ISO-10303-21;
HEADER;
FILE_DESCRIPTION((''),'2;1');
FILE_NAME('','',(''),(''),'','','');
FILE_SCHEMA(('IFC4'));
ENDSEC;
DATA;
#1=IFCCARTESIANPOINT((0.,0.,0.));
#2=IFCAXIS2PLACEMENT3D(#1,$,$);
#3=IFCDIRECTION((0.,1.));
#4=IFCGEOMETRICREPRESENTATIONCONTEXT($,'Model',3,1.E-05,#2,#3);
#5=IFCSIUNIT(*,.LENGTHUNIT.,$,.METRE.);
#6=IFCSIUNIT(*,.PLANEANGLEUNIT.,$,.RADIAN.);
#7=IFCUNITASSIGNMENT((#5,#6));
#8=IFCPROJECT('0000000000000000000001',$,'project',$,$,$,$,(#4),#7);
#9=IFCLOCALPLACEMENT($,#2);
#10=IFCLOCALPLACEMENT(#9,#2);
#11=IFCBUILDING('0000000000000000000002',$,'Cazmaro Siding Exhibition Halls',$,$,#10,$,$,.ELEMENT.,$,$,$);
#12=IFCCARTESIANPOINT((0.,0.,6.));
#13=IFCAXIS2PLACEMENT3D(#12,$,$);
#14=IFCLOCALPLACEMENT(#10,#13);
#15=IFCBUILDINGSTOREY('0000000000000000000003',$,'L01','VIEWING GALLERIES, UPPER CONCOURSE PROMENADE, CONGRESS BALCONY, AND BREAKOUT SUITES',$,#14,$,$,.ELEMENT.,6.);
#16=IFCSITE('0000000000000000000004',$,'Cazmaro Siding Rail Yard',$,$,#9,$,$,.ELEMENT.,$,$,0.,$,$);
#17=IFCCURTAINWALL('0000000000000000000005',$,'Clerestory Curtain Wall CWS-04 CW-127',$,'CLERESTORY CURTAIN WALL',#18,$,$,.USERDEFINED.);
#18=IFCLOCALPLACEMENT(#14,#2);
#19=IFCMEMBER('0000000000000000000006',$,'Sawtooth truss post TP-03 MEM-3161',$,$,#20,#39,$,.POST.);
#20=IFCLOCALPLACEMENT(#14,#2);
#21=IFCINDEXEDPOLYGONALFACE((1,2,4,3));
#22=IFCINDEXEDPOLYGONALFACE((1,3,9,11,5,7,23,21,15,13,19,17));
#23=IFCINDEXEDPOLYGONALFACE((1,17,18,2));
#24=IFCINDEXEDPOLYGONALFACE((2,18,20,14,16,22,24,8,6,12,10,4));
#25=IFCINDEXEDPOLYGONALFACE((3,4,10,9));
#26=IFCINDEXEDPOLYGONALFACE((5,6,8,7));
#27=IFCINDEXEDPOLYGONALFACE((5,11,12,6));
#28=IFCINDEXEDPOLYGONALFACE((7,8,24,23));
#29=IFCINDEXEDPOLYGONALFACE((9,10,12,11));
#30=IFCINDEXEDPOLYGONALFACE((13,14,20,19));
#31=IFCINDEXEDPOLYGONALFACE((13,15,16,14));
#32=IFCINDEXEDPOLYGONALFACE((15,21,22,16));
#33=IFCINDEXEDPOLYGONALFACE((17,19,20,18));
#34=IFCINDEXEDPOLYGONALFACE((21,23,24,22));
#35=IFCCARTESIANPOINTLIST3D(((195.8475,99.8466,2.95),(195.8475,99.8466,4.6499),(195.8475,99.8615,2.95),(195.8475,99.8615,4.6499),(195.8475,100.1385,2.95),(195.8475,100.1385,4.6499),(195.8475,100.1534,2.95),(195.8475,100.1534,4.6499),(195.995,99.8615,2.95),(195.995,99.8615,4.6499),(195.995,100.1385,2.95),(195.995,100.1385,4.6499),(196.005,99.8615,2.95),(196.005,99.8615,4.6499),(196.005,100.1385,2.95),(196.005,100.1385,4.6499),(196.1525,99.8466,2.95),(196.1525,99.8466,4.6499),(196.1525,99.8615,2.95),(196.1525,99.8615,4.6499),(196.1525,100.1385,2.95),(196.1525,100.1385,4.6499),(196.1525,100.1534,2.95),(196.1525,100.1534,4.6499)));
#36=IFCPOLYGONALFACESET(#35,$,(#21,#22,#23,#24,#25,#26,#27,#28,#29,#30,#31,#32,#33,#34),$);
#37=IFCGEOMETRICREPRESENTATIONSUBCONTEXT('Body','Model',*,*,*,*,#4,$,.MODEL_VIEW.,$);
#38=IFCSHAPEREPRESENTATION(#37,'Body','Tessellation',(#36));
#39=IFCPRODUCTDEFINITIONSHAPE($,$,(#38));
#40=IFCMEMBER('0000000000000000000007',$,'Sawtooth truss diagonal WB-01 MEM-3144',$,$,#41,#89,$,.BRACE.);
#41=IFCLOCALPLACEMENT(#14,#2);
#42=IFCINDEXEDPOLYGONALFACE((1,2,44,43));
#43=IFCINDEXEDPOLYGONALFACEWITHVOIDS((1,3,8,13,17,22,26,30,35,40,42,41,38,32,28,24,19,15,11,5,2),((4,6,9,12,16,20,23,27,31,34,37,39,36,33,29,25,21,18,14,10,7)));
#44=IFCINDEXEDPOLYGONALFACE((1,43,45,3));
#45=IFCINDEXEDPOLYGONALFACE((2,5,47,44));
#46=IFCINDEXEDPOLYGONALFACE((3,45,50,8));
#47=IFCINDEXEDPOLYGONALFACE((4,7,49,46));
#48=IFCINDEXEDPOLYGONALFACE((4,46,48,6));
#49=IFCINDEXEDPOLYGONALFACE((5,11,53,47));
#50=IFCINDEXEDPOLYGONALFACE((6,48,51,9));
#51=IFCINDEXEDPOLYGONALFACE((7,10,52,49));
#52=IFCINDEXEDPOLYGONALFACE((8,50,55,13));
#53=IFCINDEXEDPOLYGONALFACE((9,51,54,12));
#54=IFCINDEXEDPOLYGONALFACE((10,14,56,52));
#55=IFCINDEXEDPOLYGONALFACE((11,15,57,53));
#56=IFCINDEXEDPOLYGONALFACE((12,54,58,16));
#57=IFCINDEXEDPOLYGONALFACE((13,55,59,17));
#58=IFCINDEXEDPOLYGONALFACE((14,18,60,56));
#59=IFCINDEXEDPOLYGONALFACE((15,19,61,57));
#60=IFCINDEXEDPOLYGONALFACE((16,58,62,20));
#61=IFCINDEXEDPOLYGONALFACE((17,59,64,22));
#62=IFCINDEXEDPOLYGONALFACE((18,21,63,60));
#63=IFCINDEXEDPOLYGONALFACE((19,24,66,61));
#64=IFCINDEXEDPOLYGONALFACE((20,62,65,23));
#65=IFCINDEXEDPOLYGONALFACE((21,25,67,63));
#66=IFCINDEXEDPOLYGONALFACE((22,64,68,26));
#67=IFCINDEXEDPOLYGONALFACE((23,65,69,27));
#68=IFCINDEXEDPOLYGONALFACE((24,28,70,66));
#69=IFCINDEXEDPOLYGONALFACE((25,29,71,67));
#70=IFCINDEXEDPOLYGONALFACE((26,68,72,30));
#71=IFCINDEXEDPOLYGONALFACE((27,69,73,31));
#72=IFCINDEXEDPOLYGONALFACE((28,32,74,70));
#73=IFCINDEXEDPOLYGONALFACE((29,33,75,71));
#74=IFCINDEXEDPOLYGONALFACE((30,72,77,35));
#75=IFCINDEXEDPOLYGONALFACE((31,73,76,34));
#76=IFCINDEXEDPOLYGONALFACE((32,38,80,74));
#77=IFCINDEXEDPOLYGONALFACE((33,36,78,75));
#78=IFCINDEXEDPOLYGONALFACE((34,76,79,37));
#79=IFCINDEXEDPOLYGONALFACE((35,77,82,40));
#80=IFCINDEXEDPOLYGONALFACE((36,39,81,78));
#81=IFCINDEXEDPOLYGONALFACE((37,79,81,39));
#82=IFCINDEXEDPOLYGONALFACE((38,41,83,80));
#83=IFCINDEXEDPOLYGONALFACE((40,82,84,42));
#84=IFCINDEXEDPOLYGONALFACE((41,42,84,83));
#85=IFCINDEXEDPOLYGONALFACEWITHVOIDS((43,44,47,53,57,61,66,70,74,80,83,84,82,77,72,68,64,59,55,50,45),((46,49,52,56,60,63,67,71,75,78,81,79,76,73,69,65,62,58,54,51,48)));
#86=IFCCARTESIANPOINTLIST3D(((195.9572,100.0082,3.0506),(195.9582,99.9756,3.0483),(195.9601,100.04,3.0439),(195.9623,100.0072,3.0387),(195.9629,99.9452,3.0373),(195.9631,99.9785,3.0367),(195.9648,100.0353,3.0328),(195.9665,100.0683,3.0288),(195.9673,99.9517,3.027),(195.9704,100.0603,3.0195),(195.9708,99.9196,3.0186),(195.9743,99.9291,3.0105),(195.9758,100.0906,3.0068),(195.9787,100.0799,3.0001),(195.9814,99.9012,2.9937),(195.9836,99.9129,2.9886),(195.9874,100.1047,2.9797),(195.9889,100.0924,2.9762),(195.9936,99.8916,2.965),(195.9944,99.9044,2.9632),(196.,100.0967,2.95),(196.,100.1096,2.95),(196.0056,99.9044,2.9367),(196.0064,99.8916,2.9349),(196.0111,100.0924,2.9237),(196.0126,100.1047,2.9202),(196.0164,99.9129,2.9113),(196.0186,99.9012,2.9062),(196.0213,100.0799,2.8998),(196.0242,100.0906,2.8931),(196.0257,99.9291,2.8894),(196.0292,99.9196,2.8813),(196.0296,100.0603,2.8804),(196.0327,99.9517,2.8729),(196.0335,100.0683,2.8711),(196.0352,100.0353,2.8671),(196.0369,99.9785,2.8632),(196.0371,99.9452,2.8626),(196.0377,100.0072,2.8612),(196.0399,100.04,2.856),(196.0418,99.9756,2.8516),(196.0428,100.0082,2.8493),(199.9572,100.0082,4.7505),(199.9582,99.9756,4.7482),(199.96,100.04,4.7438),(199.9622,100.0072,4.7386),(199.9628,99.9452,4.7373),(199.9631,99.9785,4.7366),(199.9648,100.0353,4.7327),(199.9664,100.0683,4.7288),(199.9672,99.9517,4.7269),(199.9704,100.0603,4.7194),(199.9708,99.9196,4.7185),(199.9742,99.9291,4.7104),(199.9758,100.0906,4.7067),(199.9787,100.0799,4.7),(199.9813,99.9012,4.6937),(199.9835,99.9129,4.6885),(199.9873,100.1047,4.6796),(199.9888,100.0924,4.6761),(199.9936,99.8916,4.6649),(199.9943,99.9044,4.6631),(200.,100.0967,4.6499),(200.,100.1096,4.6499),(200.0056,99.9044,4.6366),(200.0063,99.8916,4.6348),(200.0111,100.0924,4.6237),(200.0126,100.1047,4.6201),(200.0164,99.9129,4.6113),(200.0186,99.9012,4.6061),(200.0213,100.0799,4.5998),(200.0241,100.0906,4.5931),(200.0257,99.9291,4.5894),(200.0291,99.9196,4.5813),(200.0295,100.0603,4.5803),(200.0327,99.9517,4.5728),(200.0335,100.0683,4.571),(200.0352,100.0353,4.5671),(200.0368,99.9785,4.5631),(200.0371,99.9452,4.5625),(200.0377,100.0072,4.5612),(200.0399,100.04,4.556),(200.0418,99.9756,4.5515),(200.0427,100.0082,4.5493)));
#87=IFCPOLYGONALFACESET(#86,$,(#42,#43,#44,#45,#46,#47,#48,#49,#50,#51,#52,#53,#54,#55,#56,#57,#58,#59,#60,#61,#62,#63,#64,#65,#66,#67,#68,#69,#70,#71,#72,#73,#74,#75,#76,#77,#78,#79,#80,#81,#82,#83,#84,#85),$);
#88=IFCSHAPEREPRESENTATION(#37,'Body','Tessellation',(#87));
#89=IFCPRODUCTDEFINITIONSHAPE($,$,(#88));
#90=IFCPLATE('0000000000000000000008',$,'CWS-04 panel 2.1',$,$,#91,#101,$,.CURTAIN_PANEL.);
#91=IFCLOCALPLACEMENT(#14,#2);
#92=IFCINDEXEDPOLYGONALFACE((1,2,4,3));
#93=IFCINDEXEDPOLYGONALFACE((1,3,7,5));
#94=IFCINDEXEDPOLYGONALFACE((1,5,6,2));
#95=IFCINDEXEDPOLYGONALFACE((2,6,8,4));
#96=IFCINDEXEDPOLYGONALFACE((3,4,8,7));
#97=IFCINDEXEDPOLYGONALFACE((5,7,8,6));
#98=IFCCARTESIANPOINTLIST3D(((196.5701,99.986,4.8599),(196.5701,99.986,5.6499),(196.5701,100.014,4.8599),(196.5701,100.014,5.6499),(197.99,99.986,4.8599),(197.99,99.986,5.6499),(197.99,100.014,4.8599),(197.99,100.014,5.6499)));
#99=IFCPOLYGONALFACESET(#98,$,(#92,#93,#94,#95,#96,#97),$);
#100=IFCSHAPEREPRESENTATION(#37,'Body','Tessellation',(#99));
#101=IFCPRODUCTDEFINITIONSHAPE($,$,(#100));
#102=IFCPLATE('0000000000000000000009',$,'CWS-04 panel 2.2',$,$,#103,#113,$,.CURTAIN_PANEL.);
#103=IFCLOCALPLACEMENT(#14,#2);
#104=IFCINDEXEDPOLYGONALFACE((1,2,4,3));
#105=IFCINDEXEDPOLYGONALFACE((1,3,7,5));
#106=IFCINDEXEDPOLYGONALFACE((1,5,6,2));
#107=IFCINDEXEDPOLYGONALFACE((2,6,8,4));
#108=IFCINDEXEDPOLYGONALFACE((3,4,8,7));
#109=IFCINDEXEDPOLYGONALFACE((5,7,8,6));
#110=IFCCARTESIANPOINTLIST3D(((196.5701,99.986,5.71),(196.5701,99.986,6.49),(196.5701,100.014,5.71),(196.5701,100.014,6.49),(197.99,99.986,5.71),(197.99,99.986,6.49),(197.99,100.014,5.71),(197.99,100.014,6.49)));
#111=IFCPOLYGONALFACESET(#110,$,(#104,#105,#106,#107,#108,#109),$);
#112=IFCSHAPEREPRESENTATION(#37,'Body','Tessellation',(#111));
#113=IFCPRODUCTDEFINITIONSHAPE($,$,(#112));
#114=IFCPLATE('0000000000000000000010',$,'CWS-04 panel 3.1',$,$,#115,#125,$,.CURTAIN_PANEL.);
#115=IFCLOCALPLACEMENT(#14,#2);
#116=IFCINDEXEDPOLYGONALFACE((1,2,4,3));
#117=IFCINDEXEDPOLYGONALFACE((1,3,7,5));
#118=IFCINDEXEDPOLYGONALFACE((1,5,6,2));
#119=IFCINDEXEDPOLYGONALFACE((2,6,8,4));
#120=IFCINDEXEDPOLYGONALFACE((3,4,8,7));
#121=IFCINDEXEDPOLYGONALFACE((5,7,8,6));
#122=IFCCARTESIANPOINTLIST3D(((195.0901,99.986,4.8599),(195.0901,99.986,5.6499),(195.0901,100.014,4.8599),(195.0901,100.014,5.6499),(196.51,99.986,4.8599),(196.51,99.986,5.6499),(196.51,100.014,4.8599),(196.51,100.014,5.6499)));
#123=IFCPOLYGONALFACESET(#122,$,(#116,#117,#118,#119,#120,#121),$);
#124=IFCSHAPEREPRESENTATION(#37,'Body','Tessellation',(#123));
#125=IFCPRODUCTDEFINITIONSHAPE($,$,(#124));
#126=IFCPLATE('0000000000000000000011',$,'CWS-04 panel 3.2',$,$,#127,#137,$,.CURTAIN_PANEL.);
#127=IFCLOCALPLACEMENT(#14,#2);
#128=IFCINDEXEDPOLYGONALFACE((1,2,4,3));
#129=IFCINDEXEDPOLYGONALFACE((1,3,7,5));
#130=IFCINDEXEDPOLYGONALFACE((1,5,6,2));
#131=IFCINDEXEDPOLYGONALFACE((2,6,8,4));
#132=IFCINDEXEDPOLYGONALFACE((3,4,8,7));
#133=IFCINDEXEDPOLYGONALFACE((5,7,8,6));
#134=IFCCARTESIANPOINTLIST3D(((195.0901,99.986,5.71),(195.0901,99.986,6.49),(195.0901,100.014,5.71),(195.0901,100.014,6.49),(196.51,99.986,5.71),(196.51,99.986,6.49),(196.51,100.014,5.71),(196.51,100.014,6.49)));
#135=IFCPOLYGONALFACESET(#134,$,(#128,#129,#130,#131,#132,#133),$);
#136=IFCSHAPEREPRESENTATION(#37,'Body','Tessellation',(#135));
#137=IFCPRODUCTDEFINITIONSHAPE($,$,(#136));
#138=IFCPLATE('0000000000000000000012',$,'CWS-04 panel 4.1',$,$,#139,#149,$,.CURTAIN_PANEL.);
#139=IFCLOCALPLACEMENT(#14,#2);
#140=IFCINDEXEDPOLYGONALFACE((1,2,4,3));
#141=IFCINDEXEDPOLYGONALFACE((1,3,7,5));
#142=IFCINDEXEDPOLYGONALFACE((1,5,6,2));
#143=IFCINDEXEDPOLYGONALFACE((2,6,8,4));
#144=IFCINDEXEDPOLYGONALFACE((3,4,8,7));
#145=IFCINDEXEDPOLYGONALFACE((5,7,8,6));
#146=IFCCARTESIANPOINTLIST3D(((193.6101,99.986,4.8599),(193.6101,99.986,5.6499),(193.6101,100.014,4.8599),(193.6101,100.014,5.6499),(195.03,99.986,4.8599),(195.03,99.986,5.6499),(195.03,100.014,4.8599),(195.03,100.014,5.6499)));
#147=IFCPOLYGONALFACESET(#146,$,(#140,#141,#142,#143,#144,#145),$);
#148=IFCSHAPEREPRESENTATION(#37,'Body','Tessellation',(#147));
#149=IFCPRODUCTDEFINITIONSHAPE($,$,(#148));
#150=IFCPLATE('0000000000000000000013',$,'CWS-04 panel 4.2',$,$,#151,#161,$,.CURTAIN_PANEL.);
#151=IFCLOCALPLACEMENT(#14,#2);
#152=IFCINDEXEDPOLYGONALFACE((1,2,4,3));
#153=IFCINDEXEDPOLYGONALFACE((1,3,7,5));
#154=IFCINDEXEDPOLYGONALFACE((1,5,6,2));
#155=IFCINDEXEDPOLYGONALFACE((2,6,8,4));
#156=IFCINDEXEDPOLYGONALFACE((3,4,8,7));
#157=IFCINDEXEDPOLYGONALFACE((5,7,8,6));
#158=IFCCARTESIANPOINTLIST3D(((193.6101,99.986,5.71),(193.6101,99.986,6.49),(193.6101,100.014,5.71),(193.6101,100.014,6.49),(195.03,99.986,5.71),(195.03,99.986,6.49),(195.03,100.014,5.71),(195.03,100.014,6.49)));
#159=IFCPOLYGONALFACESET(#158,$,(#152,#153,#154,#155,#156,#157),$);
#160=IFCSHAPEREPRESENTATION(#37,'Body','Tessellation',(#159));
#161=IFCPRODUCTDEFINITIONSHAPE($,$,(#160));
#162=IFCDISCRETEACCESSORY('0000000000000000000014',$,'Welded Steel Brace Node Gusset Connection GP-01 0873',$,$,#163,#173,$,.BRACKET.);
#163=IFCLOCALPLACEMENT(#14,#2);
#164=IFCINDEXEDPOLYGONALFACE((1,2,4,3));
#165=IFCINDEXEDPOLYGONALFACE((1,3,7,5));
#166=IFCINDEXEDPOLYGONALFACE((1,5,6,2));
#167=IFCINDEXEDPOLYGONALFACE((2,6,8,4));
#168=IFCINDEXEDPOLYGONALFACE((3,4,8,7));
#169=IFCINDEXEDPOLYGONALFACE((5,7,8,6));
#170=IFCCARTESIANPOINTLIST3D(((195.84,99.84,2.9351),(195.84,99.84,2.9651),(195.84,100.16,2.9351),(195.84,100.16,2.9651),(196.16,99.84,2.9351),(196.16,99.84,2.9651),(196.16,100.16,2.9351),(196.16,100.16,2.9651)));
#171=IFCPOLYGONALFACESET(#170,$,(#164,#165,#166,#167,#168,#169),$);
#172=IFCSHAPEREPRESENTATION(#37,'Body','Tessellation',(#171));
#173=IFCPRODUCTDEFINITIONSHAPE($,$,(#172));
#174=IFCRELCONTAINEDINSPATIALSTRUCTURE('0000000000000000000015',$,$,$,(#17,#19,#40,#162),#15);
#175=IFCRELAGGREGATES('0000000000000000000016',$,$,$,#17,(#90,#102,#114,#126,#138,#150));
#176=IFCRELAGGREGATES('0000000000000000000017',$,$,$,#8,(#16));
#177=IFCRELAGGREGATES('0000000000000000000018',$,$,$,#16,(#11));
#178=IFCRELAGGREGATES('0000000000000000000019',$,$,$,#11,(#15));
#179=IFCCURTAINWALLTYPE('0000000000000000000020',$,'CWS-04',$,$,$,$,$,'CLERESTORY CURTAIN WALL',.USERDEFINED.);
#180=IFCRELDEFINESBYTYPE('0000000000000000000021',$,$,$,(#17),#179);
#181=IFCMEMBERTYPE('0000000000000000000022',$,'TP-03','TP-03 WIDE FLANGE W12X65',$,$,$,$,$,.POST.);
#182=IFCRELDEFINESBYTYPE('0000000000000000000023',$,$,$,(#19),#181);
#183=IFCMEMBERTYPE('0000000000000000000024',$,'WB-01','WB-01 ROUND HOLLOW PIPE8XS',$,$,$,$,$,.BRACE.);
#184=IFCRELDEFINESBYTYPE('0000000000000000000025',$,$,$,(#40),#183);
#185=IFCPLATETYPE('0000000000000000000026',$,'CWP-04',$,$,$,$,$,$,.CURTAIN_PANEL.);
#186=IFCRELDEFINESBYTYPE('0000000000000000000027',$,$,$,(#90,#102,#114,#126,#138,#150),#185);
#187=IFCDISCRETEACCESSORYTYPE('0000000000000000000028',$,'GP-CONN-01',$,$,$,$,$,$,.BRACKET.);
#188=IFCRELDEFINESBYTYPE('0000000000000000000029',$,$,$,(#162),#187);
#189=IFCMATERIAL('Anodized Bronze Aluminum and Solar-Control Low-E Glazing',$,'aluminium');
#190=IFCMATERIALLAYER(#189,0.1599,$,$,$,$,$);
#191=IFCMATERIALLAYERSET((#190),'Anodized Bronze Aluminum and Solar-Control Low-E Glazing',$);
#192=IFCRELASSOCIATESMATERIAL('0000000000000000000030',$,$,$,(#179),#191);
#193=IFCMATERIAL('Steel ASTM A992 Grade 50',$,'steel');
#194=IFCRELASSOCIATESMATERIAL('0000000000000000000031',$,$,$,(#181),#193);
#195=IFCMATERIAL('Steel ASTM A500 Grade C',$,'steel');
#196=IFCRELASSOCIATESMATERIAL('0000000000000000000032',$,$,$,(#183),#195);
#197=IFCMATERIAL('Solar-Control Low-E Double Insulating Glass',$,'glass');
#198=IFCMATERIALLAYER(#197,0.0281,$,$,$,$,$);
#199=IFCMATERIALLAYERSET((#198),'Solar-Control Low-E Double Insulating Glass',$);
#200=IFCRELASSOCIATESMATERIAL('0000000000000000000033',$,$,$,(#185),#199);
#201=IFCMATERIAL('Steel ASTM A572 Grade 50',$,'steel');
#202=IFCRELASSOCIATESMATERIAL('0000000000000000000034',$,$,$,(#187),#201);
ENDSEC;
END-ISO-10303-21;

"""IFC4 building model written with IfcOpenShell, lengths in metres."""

from ifc_helpers import new_model, si_unit, direction, frame, origin, origin_2d, place, context, subcontext, project, spatial, rectangle, hollow_circle, i_section, extrude, material, layer, layer_set, material_profile, profile_set, type_object, element, aggregate, save


model = new_model("IFC4")

# Units and contexts
model_context = context("Model", 3, precision=1e-05, world=origin(), true_north=direction((0.0, 1.0)))
body_context = subcontext(model_context, "Body", "Model", "MODEL_VIEW")
ifc_project = project(units=[si_unit("LENGTHUNIT", "METRE"), si_unit("PLANEANGLEUNIT", "RADIAN")], contexts=[model_context])

# Site, building, storey
site_placement = place(None, origin())
site = spatial("IfcSite", under=ifc_project, at=site_placement, Name="Cazmaro Siding Rail Yard", CompositionType="ELEMENT", RefElevation=0.0)
building_placement = place(site_placement, origin())
building = spatial("IfcBuilding", under=site, at=building_placement, Name="Cazmaro Siding Exhibition Halls", CompositionType="ELEMENT")
storey_placement = place(building_placement, frame((0.0, 0.0, 6.0)))
storey = spatial("IfcBuildingStorey", under=building, at=storey_placement, Name="L01", Description="VIEWING GALLERIES, UPPER CONCOURSE PROMENADE, CONGRESS BALCONY, AND BREAKOUT SUITES", CompositionType="ELEMENT", Elevation=6.0)

# Curtain wall
ifc_material_1 = material(Name="Anodized Bronze Aluminum and Solar-Control Low-E Glazing", Category="aluminium")
ifc_layer_1 = layer(ifc_material_1, 0.1599)
ifc_layer_set_1 = layer_set([ifc_layer_1], Name="Anodized Bronze Aluminum and Solar-Control Low-E Glazing")
curtain_wall_type = type_object("IfcCurtainWallType", Name="CWS-04", ElementType="CLERESTORY CURTAIN WALL", PredefinedType="USERDEFINED", material=ifc_layer_set_1)
curtain_wall_placement = place(storey_placement, origin())
curtain_wall = element("IfcCurtainWall", 1, at=curtain_wall_placement, inside=storey, type_object=curtain_wall_type, Name="Clerestory Curtain Wall CWS-04 CW-127", ObjectType="CLERESTORY CURTAIN WALL", PredefinedType="USERDEFINED")

# Members
ifc_material_2 = material(Name="Steel ASTM A992 Grade 50", Category="steel")
ifc_material_profile_1 = material_profile(ifc_material_2, i_section(OverallWidth=0.3049, OverallDepth=0.3069, WebThickness=0.01, FlangeThickness=0.0149, at=origin_2d()), Name="W12X65")
ifc_profile_set_1 = profile_set([ifc_material_profile_1], Name="Steel ASTM A992 Grade 50")
member_type_1 = type_object("IfcMemberType", Name="TP-03", Description="TP-03 WIDE FLANGE W12X65", PredefinedType="POST", material=ifc_profile_set_1)
member_1_placement = place(storey_placement, frame((196.0, 100.0, 2.95), z_axis=(0.0, 0.0, 1.0), x_axis=(1.0, 0.0, 0.0)))
element("IfcMember", 2, at=member_1_placement, inside=storey, type_object=member_type_1, Name="Sawtooth truss post TP-03 MEM-3161", PredefinedType="POST", context=body_context, shape_type="SweptSolid", body=[
    extrude(i_section(OverallWidth=0.3049, OverallDepth=0.3069, WebThickness=0.01, FlangeThickness=0.0149, at=origin_2d()), origin(), (0.0, 0.0, 1.0), 1.7),
])
ifc_material_3 = material(Name="Steel ASTM A500 Grade C", Category="steel")
ifc_material_profile_2 = material_profile(ifc_material_3, hollow_circle(Radius=0.1096, WallThickness=0.0129, at=origin_2d()), Name="PIPE8XS")
ifc_profile_set_2 = profile_set([ifc_material_profile_2], Name="Steel ASTM A500 Grade C")
member_type_2 = type_object("IfcMemberType", Name="WB-01", Description="WB-01 ROUND HOLLOW PIPE8XS", PredefinedType="BRACE", material=ifc_profile_set_2)
member_2_placement = place(storey_placement, frame((196.0, 100.0, 2.95), z_axis=(0.920335, 0.0, 0.391131), x_axis=(0.0, 1.0, 0.0)))
element("IfcMember", 3, at=member_2_placement, inside=storey, type_object=member_type_2, Name="Sawtooth truss diagonal WB-01 MEM-3144", PredefinedType="BRACE", context=body_context, shape_type="SweptSolid", body=[
    extrude(hollow_circle(Radius=0.1096, WallThickness=0.0129, at=origin_2d()), origin(), (0.0, 0.0, 1.0), 4.3462),
])

# Plates
ifc_material_4 = material(Name="Solar-Control Low-E Double Insulating Glass", Category="glass")
ifc_layer_2 = layer(ifc_material_4, 0.0281)
ifc_layer_set_2 = layer_set([ifc_layer_2], Name="Solar-Control Low-E Double Insulating Glass")
plate_type = type_object("IfcPlateType", Name="CWP-04", PredefinedType="CURTAIN_PANEL", material=ifc_layer_set_2)
plate_1_placement = place(storey_placement, frame((197.28, 100.0, 4.8599), z_axis=(0.0, 0.0, 1.0), x_axis=(-1.0, 0.0, 0.0)))
plate_1 = element("IfcPlate", 4, at=plate_1_placement, type_object=plate_type, Name="CWS-04 panel 2.1", PredefinedType="CURTAIN_PANEL", context=body_context, shape_type="SweptSolid", body=[
    extrude(rectangle(XDim=1.4199, YDim=0.0281, at=origin_2d()), origin(), (0.0, 0.0, 1.0), 0.79),
])
plate_2_placement = place(storey_placement, frame((197.28, 100.0, 5.71), z_axis=(0.0, 0.0, 1.0), x_axis=(-1.0, 0.0, 0.0)))
plate_2 = element("IfcPlate", 5, at=plate_2_placement, type_object=plate_type, Name="CWS-04 panel 2.2", PredefinedType="CURTAIN_PANEL", context=body_context, shape_type="SweptSolid", body=[
    extrude(rectangle(XDim=1.4199, YDim=0.0281, at=origin_2d()), origin(), (0.0, 0.0, 1.0), 0.78),
])
plate_3_placement = place(storey_placement, frame((195.8, 100.0, 4.8599), z_axis=(0.0, 0.0, 1.0), x_axis=(-1.0, 0.0, 0.0)))
plate_3 = element("IfcPlate", 6, at=plate_3_placement, type_object=plate_type, Name="CWS-04 panel 3.1", PredefinedType="CURTAIN_PANEL", context=body_context, shape_type="SweptSolid", body=[
    extrude(rectangle(XDim=1.4199, YDim=0.0281, at=origin_2d()), origin(), (0.0, 0.0, 1.0), 0.79),
])
plate_4_placement = place(storey_placement, frame((195.8, 100.0, 5.71), z_axis=(0.0, 0.0, 1.0), x_axis=(-1.0, 0.0, 0.0)))
plate_4 = element("IfcPlate", 7, at=plate_4_placement, type_object=plate_type, Name="CWS-04 panel 3.2", PredefinedType="CURTAIN_PANEL", context=body_context, shape_type="SweptSolid", body=[
    extrude(rectangle(XDim=1.4199, YDim=0.0281, at=origin_2d()), origin(), (0.0, 0.0, 1.0), 0.78),
])
plate_5_placement = place(storey_placement, frame((194.3201, 100.0, 4.8599), z_axis=(0.0, 0.0, 1.0), x_axis=(-1.0, 0.0, 0.0)))
plate_5 = element("IfcPlate", 8, at=plate_5_placement, type_object=plate_type, Name="CWS-04 panel 4.1", PredefinedType="CURTAIN_PANEL", context=body_context, shape_type="SweptSolid", body=[
    extrude(rectangle(XDim=1.4199, YDim=0.0281, at=origin_2d()), origin(), (0.0, 0.0, 1.0), 0.79),
])
plate_6_placement = place(storey_placement, frame((194.3201, 100.0, 5.71), z_axis=(0.0, 0.0, 1.0), x_axis=(-1.0, 0.0, 0.0)))
plate_6 = element("IfcPlate", 9, at=plate_6_placement, type_object=plate_type, Name="CWS-04 panel 4.2", PredefinedType="CURTAIN_PANEL", context=body_context, shape_type="SweptSolid", body=[
    extrude(rectangle(XDim=1.4199, YDim=0.0281, at=origin_2d()), origin(), (0.0, 0.0, 1.0), 0.78),
])
aggregate(curtain_wall, [plate_1, plate_2, plate_3, plate_4, plate_5, plate_6])

# Discrete accessory
ifc_material_5 = material(Name="Steel ASTM A572 Grade 50", Category="steel")
discrete_accessory_type = type_object("IfcDiscreteAccessoryType", Name="GP-CONN-01", PredefinedType="BRACKET", material=ifc_material_5)
discrete_accessory_placement = place(storey_placement, frame((196.0, 100.0, 2.9351), z_axis=(0.0, 0.0, 1.0), x_axis=(1.0, 0.0, 0.0)))
element("IfcDiscreteAccessory", 10, at=discrete_accessory_placement, inside=storey, type_object=discrete_accessory_type, Name="Welded Steel Brace Node Gusset Connection GP-01 0873", PredefinedType="BRACKET", context=body_context, shape_type="SweptSolid", body=[
    extrude(rectangle(XDim=0.3201, YDim=0.3201, at=origin_2d()), origin(), (0.0, 0.0, 1.0), 0.03),
])

save(model, "model.ifc")
